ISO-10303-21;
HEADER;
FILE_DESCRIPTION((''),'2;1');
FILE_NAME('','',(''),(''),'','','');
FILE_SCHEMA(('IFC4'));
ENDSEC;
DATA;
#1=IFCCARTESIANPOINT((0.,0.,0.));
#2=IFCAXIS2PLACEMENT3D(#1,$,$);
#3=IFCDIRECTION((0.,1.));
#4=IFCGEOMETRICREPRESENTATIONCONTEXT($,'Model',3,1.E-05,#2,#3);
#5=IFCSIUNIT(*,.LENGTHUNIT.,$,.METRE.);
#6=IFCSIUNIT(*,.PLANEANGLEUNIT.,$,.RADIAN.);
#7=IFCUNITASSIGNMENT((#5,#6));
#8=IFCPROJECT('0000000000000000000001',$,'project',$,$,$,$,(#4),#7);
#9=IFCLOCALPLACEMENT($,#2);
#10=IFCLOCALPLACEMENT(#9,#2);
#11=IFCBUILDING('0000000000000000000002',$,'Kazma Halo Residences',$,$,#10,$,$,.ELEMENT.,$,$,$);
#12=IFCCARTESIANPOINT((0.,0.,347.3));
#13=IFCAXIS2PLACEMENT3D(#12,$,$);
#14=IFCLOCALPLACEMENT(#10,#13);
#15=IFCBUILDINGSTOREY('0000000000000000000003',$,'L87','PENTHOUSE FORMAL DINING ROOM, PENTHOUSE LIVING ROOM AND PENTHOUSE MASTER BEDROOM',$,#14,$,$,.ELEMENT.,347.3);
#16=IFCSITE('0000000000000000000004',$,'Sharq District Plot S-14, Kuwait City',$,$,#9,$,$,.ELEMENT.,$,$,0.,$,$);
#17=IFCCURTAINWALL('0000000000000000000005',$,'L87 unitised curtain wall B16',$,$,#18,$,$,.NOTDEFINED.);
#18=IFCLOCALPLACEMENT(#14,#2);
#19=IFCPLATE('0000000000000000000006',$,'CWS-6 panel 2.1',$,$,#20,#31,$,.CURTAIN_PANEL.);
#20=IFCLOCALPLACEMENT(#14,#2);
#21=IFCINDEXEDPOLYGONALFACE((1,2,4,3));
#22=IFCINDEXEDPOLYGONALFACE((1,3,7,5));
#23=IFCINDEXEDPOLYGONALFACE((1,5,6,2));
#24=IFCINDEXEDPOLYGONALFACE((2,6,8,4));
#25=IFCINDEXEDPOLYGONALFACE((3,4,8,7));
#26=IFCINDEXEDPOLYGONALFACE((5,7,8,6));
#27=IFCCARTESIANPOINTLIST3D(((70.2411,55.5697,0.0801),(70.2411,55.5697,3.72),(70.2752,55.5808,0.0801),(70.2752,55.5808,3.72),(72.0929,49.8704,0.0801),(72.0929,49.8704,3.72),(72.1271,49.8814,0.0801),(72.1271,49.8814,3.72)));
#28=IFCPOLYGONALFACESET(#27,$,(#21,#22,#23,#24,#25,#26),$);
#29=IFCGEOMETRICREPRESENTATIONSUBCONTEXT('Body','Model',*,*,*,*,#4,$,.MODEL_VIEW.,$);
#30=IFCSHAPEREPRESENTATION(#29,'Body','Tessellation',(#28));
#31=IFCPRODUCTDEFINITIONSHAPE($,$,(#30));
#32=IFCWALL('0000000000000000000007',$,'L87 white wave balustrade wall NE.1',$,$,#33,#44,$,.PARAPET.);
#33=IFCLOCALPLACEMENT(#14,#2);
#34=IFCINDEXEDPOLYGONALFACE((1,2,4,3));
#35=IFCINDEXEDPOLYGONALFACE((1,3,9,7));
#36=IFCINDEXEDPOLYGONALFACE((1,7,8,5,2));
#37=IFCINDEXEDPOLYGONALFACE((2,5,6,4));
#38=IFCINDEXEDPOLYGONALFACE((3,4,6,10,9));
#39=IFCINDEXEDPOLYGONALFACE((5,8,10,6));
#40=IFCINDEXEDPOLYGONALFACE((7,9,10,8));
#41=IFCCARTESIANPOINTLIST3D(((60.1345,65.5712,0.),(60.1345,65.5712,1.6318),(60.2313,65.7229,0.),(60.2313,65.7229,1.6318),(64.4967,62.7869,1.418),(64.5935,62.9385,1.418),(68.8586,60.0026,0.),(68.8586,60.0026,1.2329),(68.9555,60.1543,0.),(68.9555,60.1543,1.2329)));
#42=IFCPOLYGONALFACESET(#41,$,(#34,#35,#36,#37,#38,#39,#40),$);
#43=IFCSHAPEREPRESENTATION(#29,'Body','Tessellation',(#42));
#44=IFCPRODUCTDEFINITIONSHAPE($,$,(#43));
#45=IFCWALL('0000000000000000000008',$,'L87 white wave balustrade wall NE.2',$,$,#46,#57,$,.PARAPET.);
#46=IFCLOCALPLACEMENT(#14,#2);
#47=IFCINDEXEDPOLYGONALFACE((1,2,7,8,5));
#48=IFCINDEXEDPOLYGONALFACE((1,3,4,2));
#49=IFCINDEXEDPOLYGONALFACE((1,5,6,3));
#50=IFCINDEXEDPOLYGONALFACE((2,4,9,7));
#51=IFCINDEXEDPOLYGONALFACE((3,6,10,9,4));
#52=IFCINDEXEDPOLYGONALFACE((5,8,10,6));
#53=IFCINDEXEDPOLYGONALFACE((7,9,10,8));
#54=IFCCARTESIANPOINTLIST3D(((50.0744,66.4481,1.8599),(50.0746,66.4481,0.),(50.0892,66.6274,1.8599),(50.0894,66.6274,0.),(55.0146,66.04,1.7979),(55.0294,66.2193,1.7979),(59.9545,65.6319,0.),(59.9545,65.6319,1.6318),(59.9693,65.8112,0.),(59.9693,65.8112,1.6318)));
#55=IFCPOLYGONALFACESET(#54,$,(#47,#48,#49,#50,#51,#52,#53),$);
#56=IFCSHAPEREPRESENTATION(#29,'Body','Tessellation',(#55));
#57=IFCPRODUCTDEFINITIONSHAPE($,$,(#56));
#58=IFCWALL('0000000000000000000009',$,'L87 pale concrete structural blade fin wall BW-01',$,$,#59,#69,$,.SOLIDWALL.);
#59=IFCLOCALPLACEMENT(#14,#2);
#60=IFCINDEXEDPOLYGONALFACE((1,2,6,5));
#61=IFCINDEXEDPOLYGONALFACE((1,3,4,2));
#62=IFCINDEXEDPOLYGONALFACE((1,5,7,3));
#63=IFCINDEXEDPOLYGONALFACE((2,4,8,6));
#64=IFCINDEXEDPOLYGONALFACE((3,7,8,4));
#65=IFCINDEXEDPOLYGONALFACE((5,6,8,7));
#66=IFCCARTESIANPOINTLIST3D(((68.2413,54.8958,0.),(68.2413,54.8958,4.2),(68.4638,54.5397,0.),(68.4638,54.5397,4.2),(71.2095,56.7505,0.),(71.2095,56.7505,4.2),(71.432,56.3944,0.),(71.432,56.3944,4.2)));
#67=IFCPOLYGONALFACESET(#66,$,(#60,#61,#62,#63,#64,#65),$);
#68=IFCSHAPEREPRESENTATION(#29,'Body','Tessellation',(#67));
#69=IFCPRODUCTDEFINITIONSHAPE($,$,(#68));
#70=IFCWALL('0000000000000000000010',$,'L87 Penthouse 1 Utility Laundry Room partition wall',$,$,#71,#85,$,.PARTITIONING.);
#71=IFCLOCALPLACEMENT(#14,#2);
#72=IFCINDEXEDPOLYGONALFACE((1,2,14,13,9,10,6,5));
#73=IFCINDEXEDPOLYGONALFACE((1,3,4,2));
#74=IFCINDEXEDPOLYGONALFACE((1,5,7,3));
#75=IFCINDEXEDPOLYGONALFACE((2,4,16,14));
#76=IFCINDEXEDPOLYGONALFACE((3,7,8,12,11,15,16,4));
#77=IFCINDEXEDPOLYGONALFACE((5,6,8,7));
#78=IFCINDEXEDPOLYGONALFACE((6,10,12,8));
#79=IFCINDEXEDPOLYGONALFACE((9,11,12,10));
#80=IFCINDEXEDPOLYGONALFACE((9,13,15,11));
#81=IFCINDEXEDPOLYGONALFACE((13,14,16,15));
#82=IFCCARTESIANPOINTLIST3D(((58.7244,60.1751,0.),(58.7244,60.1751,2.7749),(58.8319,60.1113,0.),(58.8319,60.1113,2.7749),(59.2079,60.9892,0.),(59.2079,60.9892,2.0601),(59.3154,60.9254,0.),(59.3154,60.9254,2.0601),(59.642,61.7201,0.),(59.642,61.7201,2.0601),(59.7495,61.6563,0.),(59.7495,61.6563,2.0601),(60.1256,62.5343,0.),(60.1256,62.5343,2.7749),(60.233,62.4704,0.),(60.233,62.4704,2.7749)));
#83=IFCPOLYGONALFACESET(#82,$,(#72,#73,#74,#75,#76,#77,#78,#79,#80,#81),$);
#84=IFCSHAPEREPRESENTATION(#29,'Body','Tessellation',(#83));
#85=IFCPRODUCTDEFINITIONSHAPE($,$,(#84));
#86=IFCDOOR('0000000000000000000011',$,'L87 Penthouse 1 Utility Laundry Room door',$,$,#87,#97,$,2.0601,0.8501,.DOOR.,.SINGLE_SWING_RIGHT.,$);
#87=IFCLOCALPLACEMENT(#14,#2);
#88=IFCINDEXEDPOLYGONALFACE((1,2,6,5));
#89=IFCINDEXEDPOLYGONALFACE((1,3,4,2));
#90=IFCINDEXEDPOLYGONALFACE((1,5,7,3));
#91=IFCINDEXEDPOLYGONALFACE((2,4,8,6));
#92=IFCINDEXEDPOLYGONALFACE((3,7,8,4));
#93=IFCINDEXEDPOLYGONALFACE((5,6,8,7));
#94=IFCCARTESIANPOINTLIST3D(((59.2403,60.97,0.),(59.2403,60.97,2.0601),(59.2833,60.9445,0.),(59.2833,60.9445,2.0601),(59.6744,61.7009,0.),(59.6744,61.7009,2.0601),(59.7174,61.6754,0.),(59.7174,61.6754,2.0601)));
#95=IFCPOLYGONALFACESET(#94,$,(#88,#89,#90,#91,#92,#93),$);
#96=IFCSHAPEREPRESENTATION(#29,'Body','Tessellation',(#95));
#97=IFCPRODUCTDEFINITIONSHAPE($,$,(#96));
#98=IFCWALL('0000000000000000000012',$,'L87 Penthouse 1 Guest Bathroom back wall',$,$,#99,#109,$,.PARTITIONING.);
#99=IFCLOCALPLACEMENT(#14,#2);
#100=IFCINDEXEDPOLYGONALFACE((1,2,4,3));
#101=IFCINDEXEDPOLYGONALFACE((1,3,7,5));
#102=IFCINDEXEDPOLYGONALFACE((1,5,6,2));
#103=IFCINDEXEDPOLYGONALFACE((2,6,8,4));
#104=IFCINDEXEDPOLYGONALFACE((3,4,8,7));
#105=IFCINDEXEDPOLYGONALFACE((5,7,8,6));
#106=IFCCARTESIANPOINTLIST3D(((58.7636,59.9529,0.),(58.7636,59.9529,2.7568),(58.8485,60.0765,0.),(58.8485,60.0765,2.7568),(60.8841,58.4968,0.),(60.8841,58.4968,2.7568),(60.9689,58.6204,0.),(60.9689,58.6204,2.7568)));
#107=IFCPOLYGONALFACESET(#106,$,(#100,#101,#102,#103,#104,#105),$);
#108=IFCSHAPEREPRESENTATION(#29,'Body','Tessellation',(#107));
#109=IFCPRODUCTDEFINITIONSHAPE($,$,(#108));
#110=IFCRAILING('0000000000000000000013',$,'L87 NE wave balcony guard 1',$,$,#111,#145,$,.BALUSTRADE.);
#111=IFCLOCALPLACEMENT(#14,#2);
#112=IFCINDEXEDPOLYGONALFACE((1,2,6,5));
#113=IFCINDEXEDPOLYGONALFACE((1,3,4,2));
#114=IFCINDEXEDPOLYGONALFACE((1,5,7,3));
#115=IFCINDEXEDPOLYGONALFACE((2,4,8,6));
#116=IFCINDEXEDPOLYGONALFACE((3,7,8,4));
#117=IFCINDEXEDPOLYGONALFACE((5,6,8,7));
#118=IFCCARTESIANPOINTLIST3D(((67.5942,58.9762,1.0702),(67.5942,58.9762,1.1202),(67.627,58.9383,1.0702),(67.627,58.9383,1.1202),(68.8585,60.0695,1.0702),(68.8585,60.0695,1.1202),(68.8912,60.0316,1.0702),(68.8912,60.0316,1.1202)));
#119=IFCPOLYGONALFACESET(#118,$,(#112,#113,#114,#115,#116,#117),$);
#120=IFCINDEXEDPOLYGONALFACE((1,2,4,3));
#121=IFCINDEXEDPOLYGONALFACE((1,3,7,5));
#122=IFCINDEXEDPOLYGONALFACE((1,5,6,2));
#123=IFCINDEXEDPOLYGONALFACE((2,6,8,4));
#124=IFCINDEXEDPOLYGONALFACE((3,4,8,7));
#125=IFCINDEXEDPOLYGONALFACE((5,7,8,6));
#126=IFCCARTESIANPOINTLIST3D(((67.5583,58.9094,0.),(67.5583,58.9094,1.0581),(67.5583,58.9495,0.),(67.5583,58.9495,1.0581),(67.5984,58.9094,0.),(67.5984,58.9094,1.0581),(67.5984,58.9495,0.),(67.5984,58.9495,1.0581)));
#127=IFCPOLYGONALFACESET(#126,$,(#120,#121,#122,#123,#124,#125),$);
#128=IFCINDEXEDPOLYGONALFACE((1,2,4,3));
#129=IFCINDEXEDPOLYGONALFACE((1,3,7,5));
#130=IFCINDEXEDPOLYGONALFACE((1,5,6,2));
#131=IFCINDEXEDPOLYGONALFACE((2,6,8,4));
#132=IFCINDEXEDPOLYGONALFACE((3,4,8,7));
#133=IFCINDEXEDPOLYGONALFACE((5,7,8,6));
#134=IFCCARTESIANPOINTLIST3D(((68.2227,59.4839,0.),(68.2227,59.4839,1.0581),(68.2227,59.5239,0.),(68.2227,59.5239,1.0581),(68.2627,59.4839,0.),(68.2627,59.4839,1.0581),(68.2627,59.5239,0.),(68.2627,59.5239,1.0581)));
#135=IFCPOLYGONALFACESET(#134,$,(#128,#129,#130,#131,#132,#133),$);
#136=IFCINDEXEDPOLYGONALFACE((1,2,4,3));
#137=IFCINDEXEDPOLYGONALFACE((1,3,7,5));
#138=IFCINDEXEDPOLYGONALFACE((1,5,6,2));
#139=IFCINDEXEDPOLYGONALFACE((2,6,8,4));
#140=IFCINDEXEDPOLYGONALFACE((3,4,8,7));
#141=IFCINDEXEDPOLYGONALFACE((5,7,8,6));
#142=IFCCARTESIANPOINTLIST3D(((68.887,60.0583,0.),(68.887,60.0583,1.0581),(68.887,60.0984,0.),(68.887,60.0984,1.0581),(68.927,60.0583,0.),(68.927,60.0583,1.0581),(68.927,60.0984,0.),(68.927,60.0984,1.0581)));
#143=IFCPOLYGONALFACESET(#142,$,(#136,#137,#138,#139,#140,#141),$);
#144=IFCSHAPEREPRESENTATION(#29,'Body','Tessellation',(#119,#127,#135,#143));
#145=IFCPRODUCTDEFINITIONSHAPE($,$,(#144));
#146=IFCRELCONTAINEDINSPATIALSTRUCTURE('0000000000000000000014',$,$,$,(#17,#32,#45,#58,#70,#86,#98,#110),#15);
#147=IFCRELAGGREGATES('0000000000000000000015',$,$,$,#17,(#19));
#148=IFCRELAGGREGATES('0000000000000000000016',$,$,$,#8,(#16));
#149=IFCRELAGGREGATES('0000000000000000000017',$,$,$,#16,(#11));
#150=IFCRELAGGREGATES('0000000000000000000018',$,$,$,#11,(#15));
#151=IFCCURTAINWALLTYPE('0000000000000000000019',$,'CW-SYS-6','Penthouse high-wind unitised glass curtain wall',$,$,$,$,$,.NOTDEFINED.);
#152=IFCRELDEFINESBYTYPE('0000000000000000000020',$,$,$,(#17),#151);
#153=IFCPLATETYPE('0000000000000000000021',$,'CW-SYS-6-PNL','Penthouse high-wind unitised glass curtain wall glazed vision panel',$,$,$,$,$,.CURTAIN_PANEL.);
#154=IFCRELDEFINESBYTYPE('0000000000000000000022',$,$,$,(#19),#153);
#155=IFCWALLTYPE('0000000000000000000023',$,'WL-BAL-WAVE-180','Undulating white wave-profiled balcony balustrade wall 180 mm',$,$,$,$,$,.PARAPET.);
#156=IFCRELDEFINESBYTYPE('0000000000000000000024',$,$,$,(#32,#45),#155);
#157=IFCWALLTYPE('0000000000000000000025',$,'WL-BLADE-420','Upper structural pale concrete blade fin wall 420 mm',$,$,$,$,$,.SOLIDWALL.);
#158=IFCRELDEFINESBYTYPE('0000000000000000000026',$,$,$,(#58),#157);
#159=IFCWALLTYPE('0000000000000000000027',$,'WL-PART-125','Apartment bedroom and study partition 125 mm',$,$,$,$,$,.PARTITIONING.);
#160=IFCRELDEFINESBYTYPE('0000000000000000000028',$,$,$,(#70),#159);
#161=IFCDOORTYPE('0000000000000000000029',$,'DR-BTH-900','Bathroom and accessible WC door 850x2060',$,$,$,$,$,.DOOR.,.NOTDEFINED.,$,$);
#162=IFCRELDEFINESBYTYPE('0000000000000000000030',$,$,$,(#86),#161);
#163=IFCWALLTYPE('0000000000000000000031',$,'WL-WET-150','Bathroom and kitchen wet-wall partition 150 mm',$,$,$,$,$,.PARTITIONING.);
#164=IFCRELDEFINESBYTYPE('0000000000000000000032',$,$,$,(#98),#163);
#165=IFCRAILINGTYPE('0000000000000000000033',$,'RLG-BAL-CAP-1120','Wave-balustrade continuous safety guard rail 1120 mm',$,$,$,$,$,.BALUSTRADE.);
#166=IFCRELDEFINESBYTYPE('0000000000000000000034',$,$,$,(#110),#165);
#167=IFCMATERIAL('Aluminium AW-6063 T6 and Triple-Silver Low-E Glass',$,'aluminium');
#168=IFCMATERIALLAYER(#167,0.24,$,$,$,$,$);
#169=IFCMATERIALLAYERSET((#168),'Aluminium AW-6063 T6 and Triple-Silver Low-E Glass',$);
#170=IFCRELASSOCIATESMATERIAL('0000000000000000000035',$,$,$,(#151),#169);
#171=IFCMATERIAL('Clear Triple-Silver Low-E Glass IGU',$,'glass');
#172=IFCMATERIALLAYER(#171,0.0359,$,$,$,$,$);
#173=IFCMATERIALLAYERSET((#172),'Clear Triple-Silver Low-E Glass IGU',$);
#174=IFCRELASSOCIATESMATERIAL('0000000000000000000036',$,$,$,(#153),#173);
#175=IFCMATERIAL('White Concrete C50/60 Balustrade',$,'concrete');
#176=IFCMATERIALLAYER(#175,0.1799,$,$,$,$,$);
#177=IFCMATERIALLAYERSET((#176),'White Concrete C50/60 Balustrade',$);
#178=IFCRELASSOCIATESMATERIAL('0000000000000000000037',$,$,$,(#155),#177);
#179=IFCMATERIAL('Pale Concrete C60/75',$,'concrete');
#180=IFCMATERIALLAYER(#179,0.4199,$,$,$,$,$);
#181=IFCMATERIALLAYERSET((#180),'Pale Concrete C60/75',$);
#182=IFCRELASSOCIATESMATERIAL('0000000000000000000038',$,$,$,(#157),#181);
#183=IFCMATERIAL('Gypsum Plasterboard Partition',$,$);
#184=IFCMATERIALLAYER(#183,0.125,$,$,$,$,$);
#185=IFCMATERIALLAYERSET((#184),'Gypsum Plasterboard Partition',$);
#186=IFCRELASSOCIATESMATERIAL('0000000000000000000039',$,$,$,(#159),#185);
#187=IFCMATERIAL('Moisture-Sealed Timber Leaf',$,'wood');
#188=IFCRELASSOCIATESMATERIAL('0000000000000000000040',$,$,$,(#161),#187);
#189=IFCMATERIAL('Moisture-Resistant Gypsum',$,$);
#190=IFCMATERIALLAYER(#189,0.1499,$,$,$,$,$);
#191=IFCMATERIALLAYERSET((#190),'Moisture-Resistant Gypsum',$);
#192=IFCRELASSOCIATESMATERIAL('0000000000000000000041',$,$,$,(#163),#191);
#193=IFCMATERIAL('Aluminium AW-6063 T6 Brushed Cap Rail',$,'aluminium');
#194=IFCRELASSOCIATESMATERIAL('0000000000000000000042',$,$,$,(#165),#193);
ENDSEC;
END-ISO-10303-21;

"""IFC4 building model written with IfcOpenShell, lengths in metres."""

from ifc_helpers import new_model, si_unit, direction, frame, frame_2d, origin, origin_2d, place, context, subcontext, project, spatial, polyline, rectangle, outline, extrude, material, layer, layer_set, type_object, element, fill, aggregate, save


model = new_model("IFC4")

# Units and contexts
model_context = context("Model", 3, precision=1e-05, world=origin(), true_north=direction((0.0, 1.0)))
body_context = subcontext(model_context, "Body", "Model", "MODEL_VIEW")
ifc_project = project(units=[si_unit("LENGTHUNIT", "METRE"), si_unit("PLANEANGLEUNIT", "RADIAN")], contexts=[model_context])

# Site, building, storey
site_placement = place(None, origin())
site = spatial("IfcSite", under=ifc_project, at=site_placement, Name="Sharq District Plot S-14, Kuwait City", CompositionType="ELEMENT", RefElevation=0.0)
building_placement = place(site_placement, origin())
building = spatial("IfcBuilding", under=site, at=building_placement, Name="Kazma Halo Residences", CompositionType="ELEMENT")
storey_placement = place(building_placement, frame((0.0, 0.0, 347.3)))
storey = spatial("IfcBuildingStorey", under=building, at=storey_placement, Name="L87", Description="PENTHOUSE FORMAL DINING ROOM, PENTHOUSE LIVING ROOM AND PENTHOUSE MASTER BEDROOM", CompositionType="ELEMENT", Elevation=347.3)

# Shared definitions
ifc_material_1 = material(Name="Aluminium AW-6063 T6 and Triple-Silver Low-E Glass", Category="aluminium")
ifc_layer_1 = layer(ifc_material_1, 0.24)
ifc_layer_set_1 = layer_set([ifc_layer_1], Name="Aluminium AW-6063 T6 and Triple-Silver Low-E Glass")
curtain_wall_type = type_object("IfcCurtainWallType", Name="CW-SYS-6", Description="Penthouse high-wind unitised glass curtain wall", PredefinedType="NOTDEFINED", material=ifc_layer_set_1)

# Curtain wall
curtain_wall_1_placement = place(storey_placement, origin())
curtain_wall_1 = element("IfcCurtainWall", 1, at=curtain_wall_1_placement, inside=storey, type_object=curtain_wall_type, Name="L87 unitised curtain wall B16", PredefinedType="NOTDEFINED")

# Plate
ifc_material_2 = material(Name="Clear Triple-Silver Low-E Glass IGU", Category="glass")
ifc_layer_2 = layer(ifc_material_2, 0.0359)
ifc_layer_set_2 = layer_set([ifc_layer_2], Name="Clear Triple-Silver Low-E Glass IGU")
plate_type = type_object("IfcPlateType", Name="CW-SYS-6-PNL", Description="Penthouse high-wind unitised glass curtain wall glazed vision panel", PredefinedType="CURTAIN_PANEL", material=ifc_layer_set_2)
plate_1_placement = place(storey_placement, frame((71.1841, 52.7256, 0.0801), z_axis=(0.0, 0.0, 1.0), x_axis=(-0.309019, 0.951056, 0.0)))
plate_1 = element("IfcPlate", 2, at=plate_1_placement, type_object=plate_type, Name="CWS-6 panel 2.1", PredefinedType="CURTAIN_PANEL", context=body_context, shape_type="SweptSolid", body=[
    extrude(rectangle(XDim=5.9927, YDim=0.0359, at=origin_2d()), origin(), (0.0, 0.0, 1.0), 3.6399),
])
aggregate(curtain_wall_1, [plate_1])

# Walls
ifc_material_3 = material(Name="White Concrete C50/60 Balustrade", Category="concrete")
ifc_layer_3 = layer(ifc_material_3, 0.1799)
ifc_layer_set_3 = layer_set([ifc_layer_3], Name="White Concrete C50/60 Balustrade")
wall_type_1 = type_object("IfcWallType", Name="WL-BAL-WAVE-180", Description="Undulating white wave-profiled balcony balustrade wall 180 mm", PredefinedType="PARAPET", material=ifc_layer_set_3)
wall_1_placement = place(storey_placement, frame((68.907, 60.0784, 0.0), z_axis=(0.0, 0.0, 1.0), x_axis=(-0.842922, 0.538037, 0.0)))
element("IfcWall", 3, at=wall_1_placement, inside=storey, type_object=wall_type_1, Name="L87 white wave balustrade wall NE.1", PredefinedType="PARAPET", context=body_context, shape_type="SweptSolid", body=[
    extrude(outline(polyline([(0.0, 0.0), (10.3499, 0.0), (10.3499, 1.6318), (5.1748, 1.418), (0.0, 1.2329), (0.0, 0.0)])), frame((0.0, 0.0898, 0.0), z_axis=(0.0, -1.0, 0.0), x_axis=(1.0, 0.0, 0.0)), (0.0, 0.0, 1.0), 0.1799),
])
wall_2_placement = place(storey_placement, frame((59.9619, 65.7214, 0.0), z_axis=(0.0, 0.0, 1.0), x_axis=(-0.996605, 0.082328, 0.0)))
element("IfcWall", 4, at=wall_2_placement, inside=storey, type_object=wall_type_1, Name="L87 white wave balustrade wall NE.2", PredefinedType="PARAPET", context=body_context, shape_type="SweptSolid", body=[
    extrude(outline(polyline([(0.0, 0.0), (9.9136, 0.0), (9.9138, 1.8599), (4.9568, 1.7979), (0.0, 1.6318), (0.0, 0.0)])), frame((0.0, 0.0898, 0.0), z_axis=(0.0, -1.0, 0.0), x_axis=(1.0, 0.0, 0.0)), (0.0, 0.0, 1.0), 0.1799),
])
ifc_material_4 = material(Name="Pale Concrete C60/75", Category="concrete")
ifc_layer_4 = layer(ifc_material_4, 0.4199)
ifc_layer_set_4 = layer_set([ifc_layer_4], Name="Pale Concrete C60/75")
wall_type_2 = type_object("IfcWallType", Name="WL-BLADE-420", Description="Upper structural pale concrete blade fin wall 420 mm", PredefinedType="SOLIDWALL", material=ifc_layer_set_4)
wall_3_placement = place(storey_placement, frame((68.3525, 54.7178, 0.0), z_axis=(0.0, 0.0, 1.0), x_axis=(0.848053, 0.529911, 0.0)))
element("IfcWall", 5, at=wall_3_placement, inside=storey, type_object=wall_type_2, Name="L87 pale concrete structural blade fin wall BW-01", PredefinedType="SOLIDWALL", context=body_context, shape_type="SweptSolid", body=[
    extrude(rectangle(XDim=3.5, YDim=0.4199, at=frame_2d((1.75, 0.0))), origin(), (0.0, 0.0, 1.0), 4.2),
])

# Wall, opening, door
ifc_material_5 = material(Name="Gypsum Plasterboard Partition")
ifc_layer_5 = layer(ifc_material_5, 0.125)
ifc_layer_set_5 = layer_set([ifc_layer_5], Name="Gypsum Plasterboard Partition")
wall_type_3 = type_object("IfcWallType", Name="WL-PART-125", Description="Apartment bedroom and study partition 125 mm", PredefinedType="PARTITIONING", material=ifc_layer_set_5)
wall_4_placement = place(storey_placement, frame((58.7781, 60.1431, 0.0), z_axis=(0.0, 0.0, 1.0), x_axis=(0.510644, 0.859792, 0.0)))
wall_4 = element("IfcWall", 6, at=wall_4_placement, inside=storey, type_object=wall_type_3, Name="L87 Penthouse 1 Utility Laundry Room partition wall", PredefinedType="PARTITIONING", context=body_context, shape_type="SweptSolid", body=[
    extrude(rectangle(XDim=2.7439, YDim=0.125, at=frame_2d((1.3721, 0.0))), origin(), (0.0, 0.0, 1.0), 2.7749),
])
opening_1_placement = place(wall_4_placement, frame((0.947, 0.0, 0.0)))
opening_1 = element("IfcOpeningElement", 7, at=opening_1_placement, cuts=wall_4, PredefinedType="OPENING", context=body_context, shape_type="SweptSolid", body=[
    extrude(rectangle(XDim=0.8501, YDim=2.0601, at=frame_2d((0.425, 1.03))), frame((0.0, 0.0725, 0.0), z_axis=(0.0, -1.0, 0.0), x_axis=(1.0, 0.0, 0.0)), (0.0, 0.0, 1.0), 0.145),
])
ifc_material_6 = material(Name="Moisture-Sealed Timber Leaf", Category="wood")
door_type_1 = type_object("IfcDoorType", Name="DR-BTH-900", Description="Bathroom and accessible WC door 850x2060", OperationType="NOTDEFINED", PredefinedType="DOOR", material=ifc_material_6)
door_1_placement = place(opening_1_placement, origin())
door_1 = element("IfcDoor", 8, at=door_1_placement, inside=storey, type_object=door_type_1, Name="L87 Penthouse 1 Utility Laundry Room door", OperationType="SINGLE_SWING_RIGHT", OverallHeight=2.0601, OverallWidth=0.8501, PredefinedType="DOOR", context=body_context, shape_type="SweptSolid", body=[
    extrude(rectangle(XDim=0.8501, YDim=2.0601, at=frame_2d((0.425, 1.03))), frame((0.0, 0.0249, 0.0), z_axis=(0.0, -1.0, 0.0), x_axis=(1.0, 0.0, 0.0)), (0.0, 0.0, 1.0), 0.05),
])
fill(opening_1, door_1)

# Wall
ifc_material_7 = material(Name="Moisture-Resistant Gypsum")
ifc_layer_6 = layer(ifc_material_7, 0.1499)
ifc_layer_set_6 = layer_set([ifc_layer_6], Name="Moisture-Resistant Gypsum")
wall_type_4 = type_object("IfcWallType", Name="WL-WET-150", Description="Bathroom and kitchen wet-wall partition 150 mm", PredefinedType="PARTITIONING", material=ifc_layer_set_6)
wall_5_placement = place(storey_placement, frame((60.9265, 58.5586, 0.0), z_axis=(0.0, 0.0, 1.0), x_axis=(-0.824349, 0.566082, 0.0)))
element("IfcWall", 9, at=wall_5_placement, inside=storey, type_object=wall_type_4, Name="L87 Penthouse 1 Guest Bathroom back wall", PredefinedType="PARTITIONING", context=body_context, shape_type="SweptSolid", body=[
    extrude(rectangle(XDim=2.5723, YDim=0.1499, at=frame_2d((1.2861, 0.0))), origin(), (0.0, 0.0, 1.0), 2.7568),
])

# Railing
ifc_material_8 = material(Name="Aluminium AW-6063 T6 Brushed Cap Rail", Category="aluminium")
railing_type = type_object("IfcRailingType", Name="RLG-BAL-CAP-1120", Description="Wave-balustrade continuous safety guard rail 1120 mm", PredefinedType="BALUSTRADE", material=ifc_material_8)
railing_1_placement = place(storey_placement, frame((67.5784, 58.9294, 0.0)))
element("IfcRailing", 10, at=railing_1_placement, inside=storey, type_object=railing_type, Name="L87 NE wave balcony guard 1", PredefinedType="BALUSTRADE", context=body_context, shape_type="SweptSolid", body=[
    extrude(rectangle(XDim=0.05, YDim=0.05, at=origin_2d()), frame((0.0322, 0.0278, 1.0952), z_axis=(0.756404, 0.654105, 0.0), x_axis=(-0.654105, 0.756404, 0.0)), (0.0, 0.0, 1.0), 1.6714),
    extrude(rectangle(XDim=0.04, YDim=0.04, at=origin_2d()), origin(), (0.0, 0.0, 1.0), 1.0581),
    extrude(rectangle(XDim=0.04, YDim=0.04, at=origin_2d()), frame((0.6643, 0.5745, 0.0)), (0.0, 0.0, 1.0), 1.0581),
    extrude(rectangle(XDim=0.04, YDim=0.04, at=origin_2d()), frame((1.3286, 1.1489, 0.0)), (0.0, 0.0, 1.0), 1.0581),
])

save(model, "model.ifc")
